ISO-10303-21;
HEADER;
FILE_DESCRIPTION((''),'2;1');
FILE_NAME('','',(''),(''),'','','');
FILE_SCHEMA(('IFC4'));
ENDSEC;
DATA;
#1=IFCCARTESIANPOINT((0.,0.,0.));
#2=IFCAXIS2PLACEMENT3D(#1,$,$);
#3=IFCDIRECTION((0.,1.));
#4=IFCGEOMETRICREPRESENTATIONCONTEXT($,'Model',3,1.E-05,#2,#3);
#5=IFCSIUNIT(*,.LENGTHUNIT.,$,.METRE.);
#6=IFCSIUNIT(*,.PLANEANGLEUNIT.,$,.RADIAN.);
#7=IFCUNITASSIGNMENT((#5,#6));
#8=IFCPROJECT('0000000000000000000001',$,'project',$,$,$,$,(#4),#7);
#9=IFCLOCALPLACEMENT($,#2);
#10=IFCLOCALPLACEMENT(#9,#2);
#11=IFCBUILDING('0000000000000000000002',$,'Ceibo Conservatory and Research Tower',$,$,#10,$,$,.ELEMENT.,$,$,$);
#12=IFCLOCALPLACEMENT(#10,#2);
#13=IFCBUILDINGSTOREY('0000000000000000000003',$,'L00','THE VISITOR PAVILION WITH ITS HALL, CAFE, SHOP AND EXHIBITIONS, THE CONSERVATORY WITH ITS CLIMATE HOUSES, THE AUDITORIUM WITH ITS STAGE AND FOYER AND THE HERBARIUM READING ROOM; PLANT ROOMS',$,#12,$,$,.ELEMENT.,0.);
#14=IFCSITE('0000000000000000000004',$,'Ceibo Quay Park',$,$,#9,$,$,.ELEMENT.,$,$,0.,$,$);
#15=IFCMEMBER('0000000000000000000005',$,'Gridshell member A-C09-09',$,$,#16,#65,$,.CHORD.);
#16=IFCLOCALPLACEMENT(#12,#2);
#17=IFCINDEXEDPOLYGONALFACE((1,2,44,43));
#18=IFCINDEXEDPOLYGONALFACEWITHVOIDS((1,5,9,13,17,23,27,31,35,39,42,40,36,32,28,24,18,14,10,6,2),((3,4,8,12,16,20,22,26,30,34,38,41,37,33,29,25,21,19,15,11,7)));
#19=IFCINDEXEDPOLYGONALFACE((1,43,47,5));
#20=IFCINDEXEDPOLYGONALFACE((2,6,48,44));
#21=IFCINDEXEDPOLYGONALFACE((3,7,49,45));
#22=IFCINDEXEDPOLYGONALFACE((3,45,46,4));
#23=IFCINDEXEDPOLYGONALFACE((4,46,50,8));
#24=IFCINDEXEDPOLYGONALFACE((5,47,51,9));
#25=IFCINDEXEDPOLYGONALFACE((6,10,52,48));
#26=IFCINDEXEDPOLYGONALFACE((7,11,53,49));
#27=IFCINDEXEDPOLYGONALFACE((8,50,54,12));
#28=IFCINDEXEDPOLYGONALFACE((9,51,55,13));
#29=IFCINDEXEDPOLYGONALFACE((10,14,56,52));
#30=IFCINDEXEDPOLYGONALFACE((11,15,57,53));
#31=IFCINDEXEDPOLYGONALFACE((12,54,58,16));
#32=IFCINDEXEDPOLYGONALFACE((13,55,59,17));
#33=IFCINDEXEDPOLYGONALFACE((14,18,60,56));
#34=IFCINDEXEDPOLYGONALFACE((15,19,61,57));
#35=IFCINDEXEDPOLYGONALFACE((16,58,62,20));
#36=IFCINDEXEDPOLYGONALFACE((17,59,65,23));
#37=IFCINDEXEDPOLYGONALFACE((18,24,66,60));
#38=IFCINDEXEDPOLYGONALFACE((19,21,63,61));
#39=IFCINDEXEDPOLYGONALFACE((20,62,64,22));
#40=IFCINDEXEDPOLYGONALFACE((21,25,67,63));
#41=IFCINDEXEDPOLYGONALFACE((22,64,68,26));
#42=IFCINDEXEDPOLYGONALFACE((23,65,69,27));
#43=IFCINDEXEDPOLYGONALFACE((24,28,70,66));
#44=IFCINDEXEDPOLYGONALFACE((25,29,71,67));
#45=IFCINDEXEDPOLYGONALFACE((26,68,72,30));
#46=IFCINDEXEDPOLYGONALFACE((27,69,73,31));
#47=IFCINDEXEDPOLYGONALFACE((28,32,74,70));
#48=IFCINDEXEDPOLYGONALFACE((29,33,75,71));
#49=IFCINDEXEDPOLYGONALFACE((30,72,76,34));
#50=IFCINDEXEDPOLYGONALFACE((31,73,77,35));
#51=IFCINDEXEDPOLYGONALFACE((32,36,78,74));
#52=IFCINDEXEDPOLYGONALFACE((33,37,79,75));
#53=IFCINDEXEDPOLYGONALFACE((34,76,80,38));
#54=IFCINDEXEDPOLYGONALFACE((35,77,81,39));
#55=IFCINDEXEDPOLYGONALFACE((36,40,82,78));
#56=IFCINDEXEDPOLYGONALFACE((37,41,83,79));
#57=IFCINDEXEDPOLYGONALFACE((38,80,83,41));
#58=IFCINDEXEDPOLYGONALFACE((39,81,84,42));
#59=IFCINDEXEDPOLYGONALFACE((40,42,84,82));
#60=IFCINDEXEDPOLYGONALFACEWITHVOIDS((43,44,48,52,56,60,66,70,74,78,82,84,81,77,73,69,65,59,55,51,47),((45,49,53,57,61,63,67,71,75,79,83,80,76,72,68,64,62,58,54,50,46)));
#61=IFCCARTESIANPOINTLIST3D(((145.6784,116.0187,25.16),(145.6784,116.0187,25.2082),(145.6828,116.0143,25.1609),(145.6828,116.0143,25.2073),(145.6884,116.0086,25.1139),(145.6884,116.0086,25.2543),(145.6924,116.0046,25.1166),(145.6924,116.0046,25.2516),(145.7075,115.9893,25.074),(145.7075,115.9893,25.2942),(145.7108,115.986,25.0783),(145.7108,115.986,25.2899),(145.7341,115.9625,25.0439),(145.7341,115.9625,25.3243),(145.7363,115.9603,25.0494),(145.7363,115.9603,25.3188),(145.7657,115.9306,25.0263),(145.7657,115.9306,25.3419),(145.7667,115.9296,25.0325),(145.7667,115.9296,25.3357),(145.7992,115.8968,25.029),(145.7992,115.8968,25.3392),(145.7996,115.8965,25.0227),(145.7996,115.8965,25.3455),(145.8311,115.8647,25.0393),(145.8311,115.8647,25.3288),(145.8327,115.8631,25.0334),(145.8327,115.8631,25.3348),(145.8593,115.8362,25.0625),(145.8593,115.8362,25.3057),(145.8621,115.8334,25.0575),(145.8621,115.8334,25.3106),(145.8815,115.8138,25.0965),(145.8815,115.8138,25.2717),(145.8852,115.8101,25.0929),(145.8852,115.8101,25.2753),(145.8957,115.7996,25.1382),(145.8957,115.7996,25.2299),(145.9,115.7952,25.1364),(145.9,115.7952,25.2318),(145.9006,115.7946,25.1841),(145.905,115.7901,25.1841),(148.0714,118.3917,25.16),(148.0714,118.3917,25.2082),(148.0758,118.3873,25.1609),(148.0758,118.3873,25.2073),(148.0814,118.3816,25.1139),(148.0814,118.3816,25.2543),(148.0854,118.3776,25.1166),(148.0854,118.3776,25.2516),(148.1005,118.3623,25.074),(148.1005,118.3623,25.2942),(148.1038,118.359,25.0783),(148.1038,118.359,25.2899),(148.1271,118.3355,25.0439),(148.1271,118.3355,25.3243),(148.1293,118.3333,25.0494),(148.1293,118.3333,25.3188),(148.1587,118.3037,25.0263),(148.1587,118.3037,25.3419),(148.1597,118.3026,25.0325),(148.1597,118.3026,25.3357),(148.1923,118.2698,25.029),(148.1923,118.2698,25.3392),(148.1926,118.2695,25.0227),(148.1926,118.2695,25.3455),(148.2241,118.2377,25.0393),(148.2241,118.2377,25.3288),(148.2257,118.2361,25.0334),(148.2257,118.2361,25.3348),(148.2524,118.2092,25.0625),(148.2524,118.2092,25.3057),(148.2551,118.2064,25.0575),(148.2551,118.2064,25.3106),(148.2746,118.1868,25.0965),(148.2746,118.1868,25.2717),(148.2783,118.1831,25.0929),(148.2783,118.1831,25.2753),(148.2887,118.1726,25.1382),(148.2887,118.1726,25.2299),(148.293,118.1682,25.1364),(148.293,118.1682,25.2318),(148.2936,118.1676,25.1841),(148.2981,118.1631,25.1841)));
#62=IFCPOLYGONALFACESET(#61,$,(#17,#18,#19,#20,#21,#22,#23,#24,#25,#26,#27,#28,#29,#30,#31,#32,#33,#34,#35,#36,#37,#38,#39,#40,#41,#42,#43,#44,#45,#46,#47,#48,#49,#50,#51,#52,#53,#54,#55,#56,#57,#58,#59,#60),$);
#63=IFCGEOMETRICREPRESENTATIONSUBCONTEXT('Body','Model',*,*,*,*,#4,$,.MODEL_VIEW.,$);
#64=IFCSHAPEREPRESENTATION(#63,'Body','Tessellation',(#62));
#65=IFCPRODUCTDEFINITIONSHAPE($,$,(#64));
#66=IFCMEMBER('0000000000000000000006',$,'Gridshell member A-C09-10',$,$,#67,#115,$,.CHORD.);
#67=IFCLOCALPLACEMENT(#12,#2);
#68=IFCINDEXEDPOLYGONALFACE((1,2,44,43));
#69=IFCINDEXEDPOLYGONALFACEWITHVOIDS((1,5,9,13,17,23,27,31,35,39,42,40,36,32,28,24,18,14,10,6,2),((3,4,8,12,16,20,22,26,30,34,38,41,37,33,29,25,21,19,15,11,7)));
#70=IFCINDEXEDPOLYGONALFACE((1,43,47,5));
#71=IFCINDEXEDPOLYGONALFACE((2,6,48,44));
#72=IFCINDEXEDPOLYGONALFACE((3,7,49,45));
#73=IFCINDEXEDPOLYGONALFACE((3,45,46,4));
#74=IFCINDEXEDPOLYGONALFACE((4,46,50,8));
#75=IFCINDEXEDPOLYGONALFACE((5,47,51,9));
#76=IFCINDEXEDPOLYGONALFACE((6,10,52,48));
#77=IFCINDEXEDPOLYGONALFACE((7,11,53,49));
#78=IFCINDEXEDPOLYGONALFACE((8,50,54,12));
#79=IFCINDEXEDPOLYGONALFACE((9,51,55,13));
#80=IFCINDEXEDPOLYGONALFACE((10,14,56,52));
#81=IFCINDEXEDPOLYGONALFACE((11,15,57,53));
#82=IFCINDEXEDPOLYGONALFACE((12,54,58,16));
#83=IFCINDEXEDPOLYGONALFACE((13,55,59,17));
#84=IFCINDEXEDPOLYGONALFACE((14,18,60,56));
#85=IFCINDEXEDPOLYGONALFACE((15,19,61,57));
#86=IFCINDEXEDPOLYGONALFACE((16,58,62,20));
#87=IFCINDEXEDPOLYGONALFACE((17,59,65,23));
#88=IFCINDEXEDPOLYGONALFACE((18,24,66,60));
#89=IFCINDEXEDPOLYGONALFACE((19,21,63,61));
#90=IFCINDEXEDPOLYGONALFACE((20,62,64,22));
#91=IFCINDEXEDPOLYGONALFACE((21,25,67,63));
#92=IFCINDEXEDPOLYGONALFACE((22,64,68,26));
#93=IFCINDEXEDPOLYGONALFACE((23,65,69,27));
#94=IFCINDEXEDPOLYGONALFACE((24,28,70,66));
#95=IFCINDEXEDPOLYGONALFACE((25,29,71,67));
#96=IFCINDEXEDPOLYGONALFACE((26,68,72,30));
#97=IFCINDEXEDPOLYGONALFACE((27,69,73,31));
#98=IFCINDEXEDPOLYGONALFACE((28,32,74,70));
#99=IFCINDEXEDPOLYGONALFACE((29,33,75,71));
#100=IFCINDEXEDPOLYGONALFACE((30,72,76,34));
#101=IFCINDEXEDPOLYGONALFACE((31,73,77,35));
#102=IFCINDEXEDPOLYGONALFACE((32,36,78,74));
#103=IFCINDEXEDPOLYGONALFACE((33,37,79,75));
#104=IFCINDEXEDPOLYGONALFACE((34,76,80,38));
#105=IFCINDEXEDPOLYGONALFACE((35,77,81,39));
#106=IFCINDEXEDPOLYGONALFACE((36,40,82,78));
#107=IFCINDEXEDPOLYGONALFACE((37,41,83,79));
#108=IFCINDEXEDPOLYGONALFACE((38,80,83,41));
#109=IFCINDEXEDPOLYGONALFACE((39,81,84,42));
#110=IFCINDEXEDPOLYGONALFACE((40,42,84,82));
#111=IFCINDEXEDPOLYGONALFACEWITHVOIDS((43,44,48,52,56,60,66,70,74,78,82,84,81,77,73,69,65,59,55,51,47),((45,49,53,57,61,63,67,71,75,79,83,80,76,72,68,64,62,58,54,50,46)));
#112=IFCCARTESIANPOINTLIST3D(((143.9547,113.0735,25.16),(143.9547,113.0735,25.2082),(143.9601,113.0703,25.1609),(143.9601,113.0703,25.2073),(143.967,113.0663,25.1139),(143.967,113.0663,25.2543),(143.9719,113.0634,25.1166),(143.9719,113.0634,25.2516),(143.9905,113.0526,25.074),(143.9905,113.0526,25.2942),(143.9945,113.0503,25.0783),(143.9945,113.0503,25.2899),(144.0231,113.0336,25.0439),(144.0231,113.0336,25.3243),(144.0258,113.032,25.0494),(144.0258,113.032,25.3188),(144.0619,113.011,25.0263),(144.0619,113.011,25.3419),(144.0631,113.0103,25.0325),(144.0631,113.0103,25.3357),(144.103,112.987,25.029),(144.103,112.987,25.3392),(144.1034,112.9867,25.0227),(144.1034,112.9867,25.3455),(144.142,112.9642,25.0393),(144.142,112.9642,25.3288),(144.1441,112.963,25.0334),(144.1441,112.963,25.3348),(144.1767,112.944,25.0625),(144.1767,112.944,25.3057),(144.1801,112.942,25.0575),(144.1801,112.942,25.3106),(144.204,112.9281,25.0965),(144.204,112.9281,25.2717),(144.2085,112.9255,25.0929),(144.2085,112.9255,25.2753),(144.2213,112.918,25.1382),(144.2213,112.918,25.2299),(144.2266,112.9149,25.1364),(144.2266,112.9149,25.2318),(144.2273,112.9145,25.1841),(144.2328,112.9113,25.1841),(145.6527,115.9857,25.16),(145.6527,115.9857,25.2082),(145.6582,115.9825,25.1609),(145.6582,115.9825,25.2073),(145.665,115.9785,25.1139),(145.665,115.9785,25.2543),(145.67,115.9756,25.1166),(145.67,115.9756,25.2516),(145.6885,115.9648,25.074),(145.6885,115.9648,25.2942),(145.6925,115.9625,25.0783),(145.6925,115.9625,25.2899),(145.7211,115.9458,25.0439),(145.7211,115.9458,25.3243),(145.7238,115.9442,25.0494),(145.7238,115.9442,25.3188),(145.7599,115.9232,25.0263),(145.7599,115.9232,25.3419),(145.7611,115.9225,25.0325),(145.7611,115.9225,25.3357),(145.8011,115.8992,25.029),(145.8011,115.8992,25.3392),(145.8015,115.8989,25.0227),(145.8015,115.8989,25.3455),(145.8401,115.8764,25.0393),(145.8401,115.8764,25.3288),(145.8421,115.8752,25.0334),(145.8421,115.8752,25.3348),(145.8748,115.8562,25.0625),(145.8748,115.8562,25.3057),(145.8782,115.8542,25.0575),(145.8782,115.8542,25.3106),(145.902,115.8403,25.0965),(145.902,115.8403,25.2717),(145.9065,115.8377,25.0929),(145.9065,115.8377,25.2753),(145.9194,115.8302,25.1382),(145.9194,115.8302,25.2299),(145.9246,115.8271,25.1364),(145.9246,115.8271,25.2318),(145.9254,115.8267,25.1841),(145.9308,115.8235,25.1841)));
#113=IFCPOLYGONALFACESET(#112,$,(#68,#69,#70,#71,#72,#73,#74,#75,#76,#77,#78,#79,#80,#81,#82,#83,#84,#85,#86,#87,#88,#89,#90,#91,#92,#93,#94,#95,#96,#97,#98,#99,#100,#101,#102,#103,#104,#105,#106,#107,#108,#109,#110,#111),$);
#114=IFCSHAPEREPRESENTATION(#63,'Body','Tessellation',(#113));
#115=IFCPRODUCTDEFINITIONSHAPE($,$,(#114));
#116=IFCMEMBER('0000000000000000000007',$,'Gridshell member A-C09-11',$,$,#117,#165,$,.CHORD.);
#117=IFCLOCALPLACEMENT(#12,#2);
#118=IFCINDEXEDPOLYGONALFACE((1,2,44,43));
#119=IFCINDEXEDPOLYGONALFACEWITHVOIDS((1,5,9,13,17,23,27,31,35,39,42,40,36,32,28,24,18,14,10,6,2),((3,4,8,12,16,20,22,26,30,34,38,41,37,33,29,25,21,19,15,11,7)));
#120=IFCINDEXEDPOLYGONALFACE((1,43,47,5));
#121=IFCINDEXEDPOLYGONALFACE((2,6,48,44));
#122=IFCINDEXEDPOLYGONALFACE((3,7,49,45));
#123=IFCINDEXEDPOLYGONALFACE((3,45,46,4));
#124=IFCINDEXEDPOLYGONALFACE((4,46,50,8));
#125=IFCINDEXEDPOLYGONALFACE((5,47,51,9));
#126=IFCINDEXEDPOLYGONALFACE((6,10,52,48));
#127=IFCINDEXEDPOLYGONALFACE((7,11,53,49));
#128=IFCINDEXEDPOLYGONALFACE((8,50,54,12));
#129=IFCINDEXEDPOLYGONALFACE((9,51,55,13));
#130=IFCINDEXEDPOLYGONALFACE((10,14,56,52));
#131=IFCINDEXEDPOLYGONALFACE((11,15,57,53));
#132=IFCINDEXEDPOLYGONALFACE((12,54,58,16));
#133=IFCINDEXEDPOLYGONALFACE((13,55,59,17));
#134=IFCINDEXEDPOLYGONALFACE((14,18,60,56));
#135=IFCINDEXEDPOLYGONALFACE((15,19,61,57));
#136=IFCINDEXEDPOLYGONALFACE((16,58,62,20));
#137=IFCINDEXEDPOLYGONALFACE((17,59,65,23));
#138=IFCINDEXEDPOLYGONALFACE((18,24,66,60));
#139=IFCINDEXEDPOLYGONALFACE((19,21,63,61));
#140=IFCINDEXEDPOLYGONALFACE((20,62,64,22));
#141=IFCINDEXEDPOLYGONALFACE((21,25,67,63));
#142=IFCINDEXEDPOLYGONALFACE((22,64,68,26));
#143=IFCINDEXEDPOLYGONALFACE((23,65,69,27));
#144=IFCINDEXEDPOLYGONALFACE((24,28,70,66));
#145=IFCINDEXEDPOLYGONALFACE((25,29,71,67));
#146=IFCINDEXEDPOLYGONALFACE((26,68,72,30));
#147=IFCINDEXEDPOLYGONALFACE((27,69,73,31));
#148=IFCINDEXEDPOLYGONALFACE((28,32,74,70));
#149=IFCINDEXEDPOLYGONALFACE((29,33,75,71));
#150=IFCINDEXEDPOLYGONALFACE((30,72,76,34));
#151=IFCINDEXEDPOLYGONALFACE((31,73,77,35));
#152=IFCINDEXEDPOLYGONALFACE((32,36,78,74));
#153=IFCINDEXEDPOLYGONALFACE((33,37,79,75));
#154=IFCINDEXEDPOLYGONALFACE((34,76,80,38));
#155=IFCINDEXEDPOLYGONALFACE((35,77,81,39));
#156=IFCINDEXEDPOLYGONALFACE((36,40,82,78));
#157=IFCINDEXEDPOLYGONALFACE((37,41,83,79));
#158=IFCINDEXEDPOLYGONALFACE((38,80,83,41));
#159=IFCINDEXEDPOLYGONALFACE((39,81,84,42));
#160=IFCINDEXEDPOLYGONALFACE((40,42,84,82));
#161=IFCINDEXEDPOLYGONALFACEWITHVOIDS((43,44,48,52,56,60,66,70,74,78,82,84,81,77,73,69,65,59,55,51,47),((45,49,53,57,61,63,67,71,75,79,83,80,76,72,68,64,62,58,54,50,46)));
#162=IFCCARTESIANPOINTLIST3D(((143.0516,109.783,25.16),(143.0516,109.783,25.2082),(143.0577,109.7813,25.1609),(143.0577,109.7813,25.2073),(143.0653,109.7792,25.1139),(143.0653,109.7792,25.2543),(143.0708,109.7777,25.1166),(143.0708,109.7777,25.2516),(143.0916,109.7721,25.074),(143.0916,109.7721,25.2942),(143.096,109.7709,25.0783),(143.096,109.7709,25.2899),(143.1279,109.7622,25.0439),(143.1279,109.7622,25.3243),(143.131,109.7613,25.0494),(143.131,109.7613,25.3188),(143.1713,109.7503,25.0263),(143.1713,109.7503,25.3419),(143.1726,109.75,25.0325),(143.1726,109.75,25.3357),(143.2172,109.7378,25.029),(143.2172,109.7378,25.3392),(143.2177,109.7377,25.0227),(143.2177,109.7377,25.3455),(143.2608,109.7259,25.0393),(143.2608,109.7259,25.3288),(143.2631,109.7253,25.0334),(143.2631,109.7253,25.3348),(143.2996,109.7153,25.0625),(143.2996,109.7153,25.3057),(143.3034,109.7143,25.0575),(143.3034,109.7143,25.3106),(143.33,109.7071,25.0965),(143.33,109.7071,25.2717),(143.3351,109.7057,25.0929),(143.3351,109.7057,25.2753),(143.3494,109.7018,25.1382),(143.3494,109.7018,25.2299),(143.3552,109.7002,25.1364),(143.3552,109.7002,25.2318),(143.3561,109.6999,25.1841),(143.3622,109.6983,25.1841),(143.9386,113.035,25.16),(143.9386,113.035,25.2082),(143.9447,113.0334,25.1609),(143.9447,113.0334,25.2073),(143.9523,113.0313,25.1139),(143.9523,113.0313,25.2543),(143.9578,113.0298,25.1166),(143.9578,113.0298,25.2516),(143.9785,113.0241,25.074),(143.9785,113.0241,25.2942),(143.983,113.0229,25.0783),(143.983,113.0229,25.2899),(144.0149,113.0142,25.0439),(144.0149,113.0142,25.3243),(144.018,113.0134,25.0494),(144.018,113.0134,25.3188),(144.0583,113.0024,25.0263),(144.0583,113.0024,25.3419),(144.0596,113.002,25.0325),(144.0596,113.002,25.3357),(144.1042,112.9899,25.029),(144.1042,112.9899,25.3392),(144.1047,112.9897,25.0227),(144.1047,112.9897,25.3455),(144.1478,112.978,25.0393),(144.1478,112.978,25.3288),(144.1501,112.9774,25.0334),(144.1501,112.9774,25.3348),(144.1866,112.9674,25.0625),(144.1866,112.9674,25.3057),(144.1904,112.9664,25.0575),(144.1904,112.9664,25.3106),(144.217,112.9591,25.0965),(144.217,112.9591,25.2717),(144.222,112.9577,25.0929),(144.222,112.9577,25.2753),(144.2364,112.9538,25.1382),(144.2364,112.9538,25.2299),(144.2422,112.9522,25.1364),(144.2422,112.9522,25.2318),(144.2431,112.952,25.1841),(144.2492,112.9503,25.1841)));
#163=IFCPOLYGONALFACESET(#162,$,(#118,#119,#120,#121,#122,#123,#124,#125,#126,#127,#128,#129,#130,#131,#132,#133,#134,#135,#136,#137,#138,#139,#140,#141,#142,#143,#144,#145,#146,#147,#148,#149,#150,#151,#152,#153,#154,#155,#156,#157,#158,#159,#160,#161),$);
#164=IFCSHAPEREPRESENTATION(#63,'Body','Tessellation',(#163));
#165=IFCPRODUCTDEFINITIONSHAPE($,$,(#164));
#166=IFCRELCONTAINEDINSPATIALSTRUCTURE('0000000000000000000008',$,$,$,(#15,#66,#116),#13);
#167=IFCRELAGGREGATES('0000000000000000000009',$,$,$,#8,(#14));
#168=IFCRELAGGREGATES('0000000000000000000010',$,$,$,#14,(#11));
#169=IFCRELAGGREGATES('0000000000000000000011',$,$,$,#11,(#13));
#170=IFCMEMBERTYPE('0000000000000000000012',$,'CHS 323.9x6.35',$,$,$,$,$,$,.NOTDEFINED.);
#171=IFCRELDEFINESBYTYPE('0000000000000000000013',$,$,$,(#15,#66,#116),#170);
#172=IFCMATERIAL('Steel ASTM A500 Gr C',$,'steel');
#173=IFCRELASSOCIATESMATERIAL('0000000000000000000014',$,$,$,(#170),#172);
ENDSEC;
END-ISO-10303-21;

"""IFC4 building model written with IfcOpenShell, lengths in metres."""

from ifc_helpers import new_model, si_unit, direction, frame, origin, origin_2d, place, context, subcontext, project, spatial, hollow_circle, extrude, material, material_profile, profile_set, type_object, element, save


model = new_model("IFC4")

# Units and contexts
model_context = context("Model", 3, precision=1e-05, world=origin(), true_north=direction((0.0, 1.0)))
body_context = subcontext(model_context, "Body", "Model", "MODEL_VIEW")
ifc_project = project(units=[si_unit("LENGTHUNIT", "METRE"), si_unit("PLANEANGLEUNIT", "RADIAN")], contexts=[model_context])

# Site, building, storey
site_placement = place(None, origin())
site = spatial("IfcSite", under=ifc_project, at=site_placement, Name="Ceibo Quay Park", CompositionType="ELEMENT", RefElevation=0.0)
building_placement = place(site_placement, origin())
building = spatial("IfcBuilding", under=site, at=building_placement, Name="Ceibo Conservatory and Research Tower", CompositionType="ELEMENT")
storey_placement = place(building_placement, origin())
storey = spatial("IfcBuildingStorey", under=building, at=storey_placement, Name="L00", Description="THE VISITOR PAVILION WITH ITS HALL, CAFE, SHOP AND EXHIBITIONS, THE CONSERVATORY WITH ITS CLIMATE HOUSES, THE AUDITORIUM WITH ITS STAGE AND FOYER AND THE HERBARIUM READING ROOM; PLANT ROOMS", CompositionType="ELEMENT", Elevation=0.0)

# Members
ifc_material_1 = material(Name="Steel ASTM A500 Gr C", Category="steel")
ifc_material_profile_1 = material_profile(ifc_material_1, hollow_circle(Radius=0.1619, WallThickness=0.0063, at=origin_2d()), Name="CHS 323.9x6.35")
ifc_profile_set_1 = profile_set([ifc_material_profile_1], Name="Steel ASTM A500 Gr C")
member_type_1 = type_object("IfcMemberType", Name="CHS 323.9x6.35", PredefinedType="NOTDEFINED", material=ifc_profile_set_1)
member_1_placement = place(storey_placement, frame((148.1841, 118.2781, 25.1841), z_axis=(-0.710071, -0.70413, 0.0), x_axis=(0.70413, -0.710071, 0.0)))
element("IfcMember", 1, at=member_1_placement, inside=storey, type_object=member_type_1, Name="Gridshell member A-C09-09", PredefinedType="CHORD", context=body_context, shape_type="SweptSolid", body=[
    extrude(hollow_circle(Radius=0.1619, WallThickness=0.0063, at=origin_2d()), origin(), (0.0, 0.0, 1.0), 3.3701),
])
member_2_placement = place(storey_placement, frame((145.791, 115.905, 25.1841), z_axis=(-0.503709, -0.863873, 0.0), x_axis=(0.863873, -0.503709, 0.0)))
element("IfcMember", 2, at=member_2_placement, inside=storey, type_object=member_type_1, Name="Gridshell member A-C09-10", PredefinedType="CHORD", context=body_context, shape_type="SweptSolid", body=[
    extrude(hollow_circle(Radius=0.1619, WallThickness=0.0063, at=origin_2d()), origin(), (0.0, 0.0, 1.0), 3.3711),
])
member_3_placement = place(storey_placement, frame((144.093, 112.9929, 25.1841), z_axis=(-0.263136, -0.964759, 0.0), x_axis=(0.964759, -0.263136, 0.0)))
element("IfcMember", 3, at=member_3_placement, inside=storey, type_object=member_type_1, Name="Gridshell member A-C09-11", PredefinedType="CHORD", context=body_context, shape_type="SweptSolid", body=[
    extrude(hollow_circle(Radius=0.1619, WallThickness=0.0063, at=origin_2d()), origin(), (0.0, 0.0, 1.0), 3.3708),
])

save(model, "model.ifc")
